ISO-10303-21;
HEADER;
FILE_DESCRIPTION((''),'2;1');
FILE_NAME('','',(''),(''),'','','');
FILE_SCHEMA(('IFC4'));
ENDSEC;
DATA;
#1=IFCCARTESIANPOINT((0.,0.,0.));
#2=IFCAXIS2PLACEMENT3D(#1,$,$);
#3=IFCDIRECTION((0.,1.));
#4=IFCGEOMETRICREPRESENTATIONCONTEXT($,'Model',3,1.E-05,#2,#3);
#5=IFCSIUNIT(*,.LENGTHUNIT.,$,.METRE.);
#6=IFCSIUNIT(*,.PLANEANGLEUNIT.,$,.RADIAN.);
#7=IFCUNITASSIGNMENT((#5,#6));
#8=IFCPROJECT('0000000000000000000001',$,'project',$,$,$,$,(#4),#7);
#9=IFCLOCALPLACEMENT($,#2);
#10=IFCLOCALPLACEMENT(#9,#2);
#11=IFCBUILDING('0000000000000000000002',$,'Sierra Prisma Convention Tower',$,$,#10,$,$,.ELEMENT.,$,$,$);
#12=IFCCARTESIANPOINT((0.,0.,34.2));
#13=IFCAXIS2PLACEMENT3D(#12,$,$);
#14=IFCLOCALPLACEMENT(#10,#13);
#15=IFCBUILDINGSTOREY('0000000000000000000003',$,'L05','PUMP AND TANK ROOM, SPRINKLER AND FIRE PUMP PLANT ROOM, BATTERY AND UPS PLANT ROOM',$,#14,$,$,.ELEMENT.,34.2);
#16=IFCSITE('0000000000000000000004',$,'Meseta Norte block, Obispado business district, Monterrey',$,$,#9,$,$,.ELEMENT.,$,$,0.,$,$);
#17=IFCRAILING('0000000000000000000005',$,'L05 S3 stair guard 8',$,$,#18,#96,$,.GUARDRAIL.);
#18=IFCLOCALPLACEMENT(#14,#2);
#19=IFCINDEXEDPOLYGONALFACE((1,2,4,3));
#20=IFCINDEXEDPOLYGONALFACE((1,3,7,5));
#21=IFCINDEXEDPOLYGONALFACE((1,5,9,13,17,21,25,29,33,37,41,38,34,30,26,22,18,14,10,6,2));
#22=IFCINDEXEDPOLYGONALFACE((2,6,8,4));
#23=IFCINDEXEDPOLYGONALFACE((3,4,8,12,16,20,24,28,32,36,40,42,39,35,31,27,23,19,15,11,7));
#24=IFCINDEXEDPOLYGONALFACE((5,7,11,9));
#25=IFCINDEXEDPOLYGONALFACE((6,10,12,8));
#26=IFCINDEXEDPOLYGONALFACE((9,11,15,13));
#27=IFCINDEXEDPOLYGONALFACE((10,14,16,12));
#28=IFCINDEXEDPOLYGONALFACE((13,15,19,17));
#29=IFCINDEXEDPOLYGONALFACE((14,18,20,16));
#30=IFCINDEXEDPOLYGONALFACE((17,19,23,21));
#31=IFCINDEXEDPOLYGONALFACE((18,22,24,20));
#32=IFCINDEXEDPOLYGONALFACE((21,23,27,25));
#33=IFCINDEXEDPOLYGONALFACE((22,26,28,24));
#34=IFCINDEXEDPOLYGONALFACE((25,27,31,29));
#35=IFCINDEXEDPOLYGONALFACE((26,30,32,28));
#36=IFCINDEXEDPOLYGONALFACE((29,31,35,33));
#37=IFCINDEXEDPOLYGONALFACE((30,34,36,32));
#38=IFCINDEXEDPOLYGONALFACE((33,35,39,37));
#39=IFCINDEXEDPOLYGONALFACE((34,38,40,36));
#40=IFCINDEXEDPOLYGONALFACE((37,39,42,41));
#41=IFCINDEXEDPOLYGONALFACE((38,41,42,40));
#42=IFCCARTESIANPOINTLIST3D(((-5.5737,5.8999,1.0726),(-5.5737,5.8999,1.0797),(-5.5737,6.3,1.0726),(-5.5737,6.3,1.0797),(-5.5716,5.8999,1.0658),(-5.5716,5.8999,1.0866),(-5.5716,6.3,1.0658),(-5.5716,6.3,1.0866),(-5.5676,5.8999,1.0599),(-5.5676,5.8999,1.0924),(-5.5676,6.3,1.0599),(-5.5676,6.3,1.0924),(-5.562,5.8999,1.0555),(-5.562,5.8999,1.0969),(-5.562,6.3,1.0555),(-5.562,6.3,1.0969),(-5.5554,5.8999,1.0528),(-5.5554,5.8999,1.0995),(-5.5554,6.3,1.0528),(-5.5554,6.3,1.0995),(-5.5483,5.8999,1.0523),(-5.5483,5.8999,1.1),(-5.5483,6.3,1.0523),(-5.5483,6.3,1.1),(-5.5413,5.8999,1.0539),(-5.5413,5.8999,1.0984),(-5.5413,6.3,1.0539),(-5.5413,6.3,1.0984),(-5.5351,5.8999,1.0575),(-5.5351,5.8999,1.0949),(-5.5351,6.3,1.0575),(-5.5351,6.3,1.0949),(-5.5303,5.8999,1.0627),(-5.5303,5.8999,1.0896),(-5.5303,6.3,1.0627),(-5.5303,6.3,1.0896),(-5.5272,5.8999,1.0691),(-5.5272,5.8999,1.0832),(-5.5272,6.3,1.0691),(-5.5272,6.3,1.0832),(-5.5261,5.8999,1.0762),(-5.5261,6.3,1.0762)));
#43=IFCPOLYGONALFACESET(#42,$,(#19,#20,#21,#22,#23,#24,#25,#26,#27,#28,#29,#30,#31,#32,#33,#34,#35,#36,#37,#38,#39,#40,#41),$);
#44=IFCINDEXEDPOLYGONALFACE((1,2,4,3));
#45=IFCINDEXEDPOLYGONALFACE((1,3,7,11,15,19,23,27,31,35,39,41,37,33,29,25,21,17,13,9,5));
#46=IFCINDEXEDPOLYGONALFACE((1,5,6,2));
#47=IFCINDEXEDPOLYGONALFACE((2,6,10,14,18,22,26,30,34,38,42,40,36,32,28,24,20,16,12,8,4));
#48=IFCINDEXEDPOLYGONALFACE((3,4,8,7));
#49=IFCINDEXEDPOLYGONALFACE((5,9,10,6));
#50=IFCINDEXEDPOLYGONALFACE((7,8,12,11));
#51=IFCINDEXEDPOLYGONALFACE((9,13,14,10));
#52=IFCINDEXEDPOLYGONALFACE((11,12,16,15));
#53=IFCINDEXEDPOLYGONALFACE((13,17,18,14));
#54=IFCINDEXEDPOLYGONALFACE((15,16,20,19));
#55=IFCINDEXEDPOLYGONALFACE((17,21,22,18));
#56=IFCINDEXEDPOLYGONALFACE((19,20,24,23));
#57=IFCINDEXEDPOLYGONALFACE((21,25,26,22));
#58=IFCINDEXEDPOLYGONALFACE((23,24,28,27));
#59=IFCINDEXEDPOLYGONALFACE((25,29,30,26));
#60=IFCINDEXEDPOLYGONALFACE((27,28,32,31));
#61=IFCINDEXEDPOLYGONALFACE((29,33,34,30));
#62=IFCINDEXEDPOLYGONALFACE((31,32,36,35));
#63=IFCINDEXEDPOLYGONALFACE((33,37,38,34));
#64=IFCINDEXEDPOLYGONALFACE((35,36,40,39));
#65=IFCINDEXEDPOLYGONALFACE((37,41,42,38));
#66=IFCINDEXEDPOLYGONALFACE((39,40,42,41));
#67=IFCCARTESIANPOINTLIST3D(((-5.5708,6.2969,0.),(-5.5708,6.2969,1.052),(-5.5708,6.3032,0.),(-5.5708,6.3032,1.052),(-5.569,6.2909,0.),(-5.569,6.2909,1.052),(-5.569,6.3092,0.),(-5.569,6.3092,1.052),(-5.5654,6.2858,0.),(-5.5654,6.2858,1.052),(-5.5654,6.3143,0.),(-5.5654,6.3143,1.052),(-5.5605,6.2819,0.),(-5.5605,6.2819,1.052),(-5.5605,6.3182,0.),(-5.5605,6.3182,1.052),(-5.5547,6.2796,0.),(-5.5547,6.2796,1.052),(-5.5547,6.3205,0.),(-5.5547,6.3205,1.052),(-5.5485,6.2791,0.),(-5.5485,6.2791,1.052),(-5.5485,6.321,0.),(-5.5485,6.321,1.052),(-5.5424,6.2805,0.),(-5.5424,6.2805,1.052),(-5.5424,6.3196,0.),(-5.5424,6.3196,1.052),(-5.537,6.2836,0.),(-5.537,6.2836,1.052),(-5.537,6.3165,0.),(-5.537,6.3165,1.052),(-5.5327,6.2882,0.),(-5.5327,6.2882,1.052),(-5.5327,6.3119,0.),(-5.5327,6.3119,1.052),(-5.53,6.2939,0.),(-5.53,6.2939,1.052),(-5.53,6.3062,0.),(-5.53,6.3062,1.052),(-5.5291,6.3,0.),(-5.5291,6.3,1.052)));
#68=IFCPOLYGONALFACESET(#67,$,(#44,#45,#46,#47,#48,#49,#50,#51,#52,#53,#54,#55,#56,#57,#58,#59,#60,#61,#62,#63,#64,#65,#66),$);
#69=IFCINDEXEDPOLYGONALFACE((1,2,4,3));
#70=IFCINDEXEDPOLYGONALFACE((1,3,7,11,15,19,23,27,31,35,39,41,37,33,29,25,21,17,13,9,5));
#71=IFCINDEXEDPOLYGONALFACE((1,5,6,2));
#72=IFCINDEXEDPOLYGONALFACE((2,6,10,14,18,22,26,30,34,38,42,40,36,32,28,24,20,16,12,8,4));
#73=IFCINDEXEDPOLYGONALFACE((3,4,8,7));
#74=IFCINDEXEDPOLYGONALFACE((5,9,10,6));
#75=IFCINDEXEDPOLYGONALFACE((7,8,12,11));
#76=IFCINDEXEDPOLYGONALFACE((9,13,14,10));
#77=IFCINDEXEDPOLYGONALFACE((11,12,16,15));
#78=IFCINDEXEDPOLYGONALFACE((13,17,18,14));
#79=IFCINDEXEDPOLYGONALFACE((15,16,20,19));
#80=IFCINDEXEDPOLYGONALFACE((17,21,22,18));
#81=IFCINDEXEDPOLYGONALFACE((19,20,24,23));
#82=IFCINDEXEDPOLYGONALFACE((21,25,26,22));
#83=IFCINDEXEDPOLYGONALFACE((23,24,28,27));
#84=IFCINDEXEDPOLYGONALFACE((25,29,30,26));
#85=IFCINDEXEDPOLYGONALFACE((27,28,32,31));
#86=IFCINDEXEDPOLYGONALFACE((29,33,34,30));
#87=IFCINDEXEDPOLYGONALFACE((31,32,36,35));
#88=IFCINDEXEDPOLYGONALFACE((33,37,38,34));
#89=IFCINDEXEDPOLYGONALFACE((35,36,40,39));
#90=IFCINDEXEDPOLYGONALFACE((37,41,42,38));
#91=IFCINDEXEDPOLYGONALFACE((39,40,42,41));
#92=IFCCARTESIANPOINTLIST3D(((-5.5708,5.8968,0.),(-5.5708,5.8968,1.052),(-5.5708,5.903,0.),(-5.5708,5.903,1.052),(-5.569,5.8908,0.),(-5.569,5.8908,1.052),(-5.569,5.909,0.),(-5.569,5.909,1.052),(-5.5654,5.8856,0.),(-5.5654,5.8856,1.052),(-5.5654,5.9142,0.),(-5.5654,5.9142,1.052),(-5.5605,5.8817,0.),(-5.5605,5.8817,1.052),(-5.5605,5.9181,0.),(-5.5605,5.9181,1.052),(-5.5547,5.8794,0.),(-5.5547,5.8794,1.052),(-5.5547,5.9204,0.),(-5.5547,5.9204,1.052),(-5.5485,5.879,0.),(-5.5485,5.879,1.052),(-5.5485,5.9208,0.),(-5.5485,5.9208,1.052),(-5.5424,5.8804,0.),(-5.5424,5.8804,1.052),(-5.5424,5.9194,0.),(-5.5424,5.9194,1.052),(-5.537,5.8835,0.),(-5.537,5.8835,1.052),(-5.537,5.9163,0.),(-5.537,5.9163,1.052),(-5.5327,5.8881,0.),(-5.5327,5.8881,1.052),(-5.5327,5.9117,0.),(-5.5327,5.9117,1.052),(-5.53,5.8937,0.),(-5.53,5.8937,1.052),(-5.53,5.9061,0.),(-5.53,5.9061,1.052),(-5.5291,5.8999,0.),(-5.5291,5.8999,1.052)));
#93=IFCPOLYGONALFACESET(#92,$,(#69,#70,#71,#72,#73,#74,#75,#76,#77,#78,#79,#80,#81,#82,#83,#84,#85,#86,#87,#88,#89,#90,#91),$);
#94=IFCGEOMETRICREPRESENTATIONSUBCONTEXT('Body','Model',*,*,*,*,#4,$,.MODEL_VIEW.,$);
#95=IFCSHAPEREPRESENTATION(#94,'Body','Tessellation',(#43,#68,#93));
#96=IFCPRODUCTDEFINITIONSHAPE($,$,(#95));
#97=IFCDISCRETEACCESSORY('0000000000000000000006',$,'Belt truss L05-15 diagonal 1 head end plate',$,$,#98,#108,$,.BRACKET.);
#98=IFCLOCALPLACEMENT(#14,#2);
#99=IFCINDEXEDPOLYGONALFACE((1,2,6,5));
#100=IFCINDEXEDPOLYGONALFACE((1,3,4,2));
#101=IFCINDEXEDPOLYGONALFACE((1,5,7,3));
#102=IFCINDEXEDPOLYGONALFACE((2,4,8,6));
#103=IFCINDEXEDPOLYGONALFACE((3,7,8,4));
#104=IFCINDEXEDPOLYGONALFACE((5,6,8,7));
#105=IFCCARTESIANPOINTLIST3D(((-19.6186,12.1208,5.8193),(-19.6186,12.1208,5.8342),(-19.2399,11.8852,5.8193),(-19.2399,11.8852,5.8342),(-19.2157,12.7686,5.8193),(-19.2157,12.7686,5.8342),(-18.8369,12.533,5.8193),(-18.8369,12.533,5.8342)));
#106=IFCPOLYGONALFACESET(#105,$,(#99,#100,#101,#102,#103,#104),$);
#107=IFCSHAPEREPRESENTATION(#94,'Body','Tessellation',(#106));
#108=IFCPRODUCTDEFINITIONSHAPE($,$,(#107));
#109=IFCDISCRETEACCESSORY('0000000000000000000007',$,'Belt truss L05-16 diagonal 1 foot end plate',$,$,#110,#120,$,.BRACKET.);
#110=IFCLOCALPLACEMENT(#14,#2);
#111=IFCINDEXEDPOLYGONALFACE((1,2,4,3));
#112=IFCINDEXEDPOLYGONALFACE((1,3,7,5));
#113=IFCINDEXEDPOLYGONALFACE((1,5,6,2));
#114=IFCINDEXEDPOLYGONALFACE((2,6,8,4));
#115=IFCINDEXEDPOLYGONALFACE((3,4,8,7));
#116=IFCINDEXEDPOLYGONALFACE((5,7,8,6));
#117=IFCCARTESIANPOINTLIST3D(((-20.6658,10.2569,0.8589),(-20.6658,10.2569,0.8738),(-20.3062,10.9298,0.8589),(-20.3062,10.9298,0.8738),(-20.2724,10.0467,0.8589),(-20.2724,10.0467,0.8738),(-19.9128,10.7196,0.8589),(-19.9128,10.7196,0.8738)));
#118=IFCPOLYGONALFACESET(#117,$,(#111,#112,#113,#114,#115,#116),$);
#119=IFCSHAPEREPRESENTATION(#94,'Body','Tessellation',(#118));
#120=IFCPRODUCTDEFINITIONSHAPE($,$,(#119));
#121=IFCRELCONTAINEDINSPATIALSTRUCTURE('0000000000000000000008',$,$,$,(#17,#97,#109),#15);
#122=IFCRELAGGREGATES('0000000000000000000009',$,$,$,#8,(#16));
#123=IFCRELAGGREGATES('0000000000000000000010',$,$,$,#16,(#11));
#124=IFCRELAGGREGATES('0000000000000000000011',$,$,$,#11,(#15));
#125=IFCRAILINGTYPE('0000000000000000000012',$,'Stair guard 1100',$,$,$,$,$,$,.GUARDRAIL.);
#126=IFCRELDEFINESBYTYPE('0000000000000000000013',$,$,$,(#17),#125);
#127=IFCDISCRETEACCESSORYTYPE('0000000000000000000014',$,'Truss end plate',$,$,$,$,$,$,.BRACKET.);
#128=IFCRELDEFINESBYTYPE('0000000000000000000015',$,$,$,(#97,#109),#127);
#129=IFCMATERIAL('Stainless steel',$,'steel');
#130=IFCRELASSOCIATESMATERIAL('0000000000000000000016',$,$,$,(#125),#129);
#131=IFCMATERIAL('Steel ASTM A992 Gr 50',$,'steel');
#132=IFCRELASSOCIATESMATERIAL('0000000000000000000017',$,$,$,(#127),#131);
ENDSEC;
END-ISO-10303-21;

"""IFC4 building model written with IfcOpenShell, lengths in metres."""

from ifc_helpers import new_model, si_unit, direction, frame, origin, origin_2d, place, context, subcontext, project, spatial, rectangle, circle, extrude, material, type_object, element, save


model = new_model("IFC4")

# Units and contexts
model_context = context("Model", 3, precision=1e-05, world=origin(), true_north=direction((0.0, 1.0)))
body_context = subcontext(model_context, "Body", "Model", "MODEL_VIEW")
ifc_project = project(units=[si_unit("LENGTHUNIT", "METRE"), si_unit("PLANEANGLEUNIT", "RADIAN")], contexts=[model_context])

# Site, building, storey
site_placement = place(None, origin())
site = spatial("IfcSite", under=ifc_project, at=site_placement, Name="Meseta Norte block, Obispado business district, Monterrey", CompositionType="ELEMENT", RefElevation=0.0)
building_placement = place(site_placement, origin())
building = spatial("IfcBuilding", under=site, at=building_placement, Name="Sierra Prisma Convention Tower", CompositionType="ELEMENT")
storey_placement = place(building_placement, frame((0.0, 0.0, 34.2)))
storey = spatial("IfcBuildingStorey", under=building, at=storey_placement, Name="L05", Description="PUMP AND TANK ROOM, SPRINKLER AND FIRE PUMP PLANT ROOM, BATTERY AND UPS PLANT ROOM", CompositionType="ELEMENT", Elevation=34.2)

# Railing
ifc_material_1 = material(Name="Stainless steel", Category="steel")
railing_type_1 = type_object("IfcRailingType", Name="Stair guard 1100", PredefinedType="GUARDRAIL", material=ifc_material_1)
railing_1_placement = place(storey_placement, frame((-5.55, 6.3, 0.0)))
element("IfcRailing", 1, at=railing_1_placement, inside=storey, type_object=railing_type_1, Name="L05 S3 stair guard 8", PredefinedType="GUARDRAIL", context=body_context, shape_type="SweptSolid", body=[
    extrude(circle(Radius=0.0239, at=origin_2d()), frame((0.0, 0.0, 1.0762), z_axis=(0.0, -1.0, 0.0), x_axis=(1.0, 0.0, 0.0)), (0.0, 0.0, 1.0), 0.4001),
    extrude(circle(Radius=0.021, at=origin_2d()), origin(), (0.0, 0.0, 1.0), 1.052),
    extrude(circle(Radius=0.021, at=origin_2d()), frame((0.0, -0.4001, 0.0)), (0.0, 0.0, 1.0), 1.052),
])

# Discrete accessories
ifc_material_2 = material(Name="Steel ASTM A992 Gr 50", Category="steel")
discrete_accessory_type = type_object("IfcDiscreteAccessoryType", Name="Truss end plate", PredefinedType="BRACKET", material=ifc_material_2)
for number, where, z_axis, x_axis, name in (
    (2, (-19.2278, 12.3269, 5.8193), (0.0, 0.0, 1.0), (-0.528192, -0.849125, 0.0), "Belt truss L05-15 diagonal 1 head end plate"),
    (3, (-20.2893, 10.4883, 0.8589), (0.0, 0.0, 1.0), (-0.471264, -0.881992, 0.0), "Belt truss L05-16 diagonal 1 foot end plate"),
):
    element("IfcDiscreteAccessory", number, at=place(storey_placement, frame(where, z_axis=z_axis, x_axis=x_axis)), inside=storey, type_object=discrete_accessory_type, Name=name, PredefinedType="BRACKET", context=body_context, shape_type="SweptSolid", body=[
        extrude(rectangle(XDim=0.7629, YDim=0.446, at=origin_2d()), origin(), (0.0, 0.0, 1.0), 0.0149),
    ])

save(model, "model.ifc")
